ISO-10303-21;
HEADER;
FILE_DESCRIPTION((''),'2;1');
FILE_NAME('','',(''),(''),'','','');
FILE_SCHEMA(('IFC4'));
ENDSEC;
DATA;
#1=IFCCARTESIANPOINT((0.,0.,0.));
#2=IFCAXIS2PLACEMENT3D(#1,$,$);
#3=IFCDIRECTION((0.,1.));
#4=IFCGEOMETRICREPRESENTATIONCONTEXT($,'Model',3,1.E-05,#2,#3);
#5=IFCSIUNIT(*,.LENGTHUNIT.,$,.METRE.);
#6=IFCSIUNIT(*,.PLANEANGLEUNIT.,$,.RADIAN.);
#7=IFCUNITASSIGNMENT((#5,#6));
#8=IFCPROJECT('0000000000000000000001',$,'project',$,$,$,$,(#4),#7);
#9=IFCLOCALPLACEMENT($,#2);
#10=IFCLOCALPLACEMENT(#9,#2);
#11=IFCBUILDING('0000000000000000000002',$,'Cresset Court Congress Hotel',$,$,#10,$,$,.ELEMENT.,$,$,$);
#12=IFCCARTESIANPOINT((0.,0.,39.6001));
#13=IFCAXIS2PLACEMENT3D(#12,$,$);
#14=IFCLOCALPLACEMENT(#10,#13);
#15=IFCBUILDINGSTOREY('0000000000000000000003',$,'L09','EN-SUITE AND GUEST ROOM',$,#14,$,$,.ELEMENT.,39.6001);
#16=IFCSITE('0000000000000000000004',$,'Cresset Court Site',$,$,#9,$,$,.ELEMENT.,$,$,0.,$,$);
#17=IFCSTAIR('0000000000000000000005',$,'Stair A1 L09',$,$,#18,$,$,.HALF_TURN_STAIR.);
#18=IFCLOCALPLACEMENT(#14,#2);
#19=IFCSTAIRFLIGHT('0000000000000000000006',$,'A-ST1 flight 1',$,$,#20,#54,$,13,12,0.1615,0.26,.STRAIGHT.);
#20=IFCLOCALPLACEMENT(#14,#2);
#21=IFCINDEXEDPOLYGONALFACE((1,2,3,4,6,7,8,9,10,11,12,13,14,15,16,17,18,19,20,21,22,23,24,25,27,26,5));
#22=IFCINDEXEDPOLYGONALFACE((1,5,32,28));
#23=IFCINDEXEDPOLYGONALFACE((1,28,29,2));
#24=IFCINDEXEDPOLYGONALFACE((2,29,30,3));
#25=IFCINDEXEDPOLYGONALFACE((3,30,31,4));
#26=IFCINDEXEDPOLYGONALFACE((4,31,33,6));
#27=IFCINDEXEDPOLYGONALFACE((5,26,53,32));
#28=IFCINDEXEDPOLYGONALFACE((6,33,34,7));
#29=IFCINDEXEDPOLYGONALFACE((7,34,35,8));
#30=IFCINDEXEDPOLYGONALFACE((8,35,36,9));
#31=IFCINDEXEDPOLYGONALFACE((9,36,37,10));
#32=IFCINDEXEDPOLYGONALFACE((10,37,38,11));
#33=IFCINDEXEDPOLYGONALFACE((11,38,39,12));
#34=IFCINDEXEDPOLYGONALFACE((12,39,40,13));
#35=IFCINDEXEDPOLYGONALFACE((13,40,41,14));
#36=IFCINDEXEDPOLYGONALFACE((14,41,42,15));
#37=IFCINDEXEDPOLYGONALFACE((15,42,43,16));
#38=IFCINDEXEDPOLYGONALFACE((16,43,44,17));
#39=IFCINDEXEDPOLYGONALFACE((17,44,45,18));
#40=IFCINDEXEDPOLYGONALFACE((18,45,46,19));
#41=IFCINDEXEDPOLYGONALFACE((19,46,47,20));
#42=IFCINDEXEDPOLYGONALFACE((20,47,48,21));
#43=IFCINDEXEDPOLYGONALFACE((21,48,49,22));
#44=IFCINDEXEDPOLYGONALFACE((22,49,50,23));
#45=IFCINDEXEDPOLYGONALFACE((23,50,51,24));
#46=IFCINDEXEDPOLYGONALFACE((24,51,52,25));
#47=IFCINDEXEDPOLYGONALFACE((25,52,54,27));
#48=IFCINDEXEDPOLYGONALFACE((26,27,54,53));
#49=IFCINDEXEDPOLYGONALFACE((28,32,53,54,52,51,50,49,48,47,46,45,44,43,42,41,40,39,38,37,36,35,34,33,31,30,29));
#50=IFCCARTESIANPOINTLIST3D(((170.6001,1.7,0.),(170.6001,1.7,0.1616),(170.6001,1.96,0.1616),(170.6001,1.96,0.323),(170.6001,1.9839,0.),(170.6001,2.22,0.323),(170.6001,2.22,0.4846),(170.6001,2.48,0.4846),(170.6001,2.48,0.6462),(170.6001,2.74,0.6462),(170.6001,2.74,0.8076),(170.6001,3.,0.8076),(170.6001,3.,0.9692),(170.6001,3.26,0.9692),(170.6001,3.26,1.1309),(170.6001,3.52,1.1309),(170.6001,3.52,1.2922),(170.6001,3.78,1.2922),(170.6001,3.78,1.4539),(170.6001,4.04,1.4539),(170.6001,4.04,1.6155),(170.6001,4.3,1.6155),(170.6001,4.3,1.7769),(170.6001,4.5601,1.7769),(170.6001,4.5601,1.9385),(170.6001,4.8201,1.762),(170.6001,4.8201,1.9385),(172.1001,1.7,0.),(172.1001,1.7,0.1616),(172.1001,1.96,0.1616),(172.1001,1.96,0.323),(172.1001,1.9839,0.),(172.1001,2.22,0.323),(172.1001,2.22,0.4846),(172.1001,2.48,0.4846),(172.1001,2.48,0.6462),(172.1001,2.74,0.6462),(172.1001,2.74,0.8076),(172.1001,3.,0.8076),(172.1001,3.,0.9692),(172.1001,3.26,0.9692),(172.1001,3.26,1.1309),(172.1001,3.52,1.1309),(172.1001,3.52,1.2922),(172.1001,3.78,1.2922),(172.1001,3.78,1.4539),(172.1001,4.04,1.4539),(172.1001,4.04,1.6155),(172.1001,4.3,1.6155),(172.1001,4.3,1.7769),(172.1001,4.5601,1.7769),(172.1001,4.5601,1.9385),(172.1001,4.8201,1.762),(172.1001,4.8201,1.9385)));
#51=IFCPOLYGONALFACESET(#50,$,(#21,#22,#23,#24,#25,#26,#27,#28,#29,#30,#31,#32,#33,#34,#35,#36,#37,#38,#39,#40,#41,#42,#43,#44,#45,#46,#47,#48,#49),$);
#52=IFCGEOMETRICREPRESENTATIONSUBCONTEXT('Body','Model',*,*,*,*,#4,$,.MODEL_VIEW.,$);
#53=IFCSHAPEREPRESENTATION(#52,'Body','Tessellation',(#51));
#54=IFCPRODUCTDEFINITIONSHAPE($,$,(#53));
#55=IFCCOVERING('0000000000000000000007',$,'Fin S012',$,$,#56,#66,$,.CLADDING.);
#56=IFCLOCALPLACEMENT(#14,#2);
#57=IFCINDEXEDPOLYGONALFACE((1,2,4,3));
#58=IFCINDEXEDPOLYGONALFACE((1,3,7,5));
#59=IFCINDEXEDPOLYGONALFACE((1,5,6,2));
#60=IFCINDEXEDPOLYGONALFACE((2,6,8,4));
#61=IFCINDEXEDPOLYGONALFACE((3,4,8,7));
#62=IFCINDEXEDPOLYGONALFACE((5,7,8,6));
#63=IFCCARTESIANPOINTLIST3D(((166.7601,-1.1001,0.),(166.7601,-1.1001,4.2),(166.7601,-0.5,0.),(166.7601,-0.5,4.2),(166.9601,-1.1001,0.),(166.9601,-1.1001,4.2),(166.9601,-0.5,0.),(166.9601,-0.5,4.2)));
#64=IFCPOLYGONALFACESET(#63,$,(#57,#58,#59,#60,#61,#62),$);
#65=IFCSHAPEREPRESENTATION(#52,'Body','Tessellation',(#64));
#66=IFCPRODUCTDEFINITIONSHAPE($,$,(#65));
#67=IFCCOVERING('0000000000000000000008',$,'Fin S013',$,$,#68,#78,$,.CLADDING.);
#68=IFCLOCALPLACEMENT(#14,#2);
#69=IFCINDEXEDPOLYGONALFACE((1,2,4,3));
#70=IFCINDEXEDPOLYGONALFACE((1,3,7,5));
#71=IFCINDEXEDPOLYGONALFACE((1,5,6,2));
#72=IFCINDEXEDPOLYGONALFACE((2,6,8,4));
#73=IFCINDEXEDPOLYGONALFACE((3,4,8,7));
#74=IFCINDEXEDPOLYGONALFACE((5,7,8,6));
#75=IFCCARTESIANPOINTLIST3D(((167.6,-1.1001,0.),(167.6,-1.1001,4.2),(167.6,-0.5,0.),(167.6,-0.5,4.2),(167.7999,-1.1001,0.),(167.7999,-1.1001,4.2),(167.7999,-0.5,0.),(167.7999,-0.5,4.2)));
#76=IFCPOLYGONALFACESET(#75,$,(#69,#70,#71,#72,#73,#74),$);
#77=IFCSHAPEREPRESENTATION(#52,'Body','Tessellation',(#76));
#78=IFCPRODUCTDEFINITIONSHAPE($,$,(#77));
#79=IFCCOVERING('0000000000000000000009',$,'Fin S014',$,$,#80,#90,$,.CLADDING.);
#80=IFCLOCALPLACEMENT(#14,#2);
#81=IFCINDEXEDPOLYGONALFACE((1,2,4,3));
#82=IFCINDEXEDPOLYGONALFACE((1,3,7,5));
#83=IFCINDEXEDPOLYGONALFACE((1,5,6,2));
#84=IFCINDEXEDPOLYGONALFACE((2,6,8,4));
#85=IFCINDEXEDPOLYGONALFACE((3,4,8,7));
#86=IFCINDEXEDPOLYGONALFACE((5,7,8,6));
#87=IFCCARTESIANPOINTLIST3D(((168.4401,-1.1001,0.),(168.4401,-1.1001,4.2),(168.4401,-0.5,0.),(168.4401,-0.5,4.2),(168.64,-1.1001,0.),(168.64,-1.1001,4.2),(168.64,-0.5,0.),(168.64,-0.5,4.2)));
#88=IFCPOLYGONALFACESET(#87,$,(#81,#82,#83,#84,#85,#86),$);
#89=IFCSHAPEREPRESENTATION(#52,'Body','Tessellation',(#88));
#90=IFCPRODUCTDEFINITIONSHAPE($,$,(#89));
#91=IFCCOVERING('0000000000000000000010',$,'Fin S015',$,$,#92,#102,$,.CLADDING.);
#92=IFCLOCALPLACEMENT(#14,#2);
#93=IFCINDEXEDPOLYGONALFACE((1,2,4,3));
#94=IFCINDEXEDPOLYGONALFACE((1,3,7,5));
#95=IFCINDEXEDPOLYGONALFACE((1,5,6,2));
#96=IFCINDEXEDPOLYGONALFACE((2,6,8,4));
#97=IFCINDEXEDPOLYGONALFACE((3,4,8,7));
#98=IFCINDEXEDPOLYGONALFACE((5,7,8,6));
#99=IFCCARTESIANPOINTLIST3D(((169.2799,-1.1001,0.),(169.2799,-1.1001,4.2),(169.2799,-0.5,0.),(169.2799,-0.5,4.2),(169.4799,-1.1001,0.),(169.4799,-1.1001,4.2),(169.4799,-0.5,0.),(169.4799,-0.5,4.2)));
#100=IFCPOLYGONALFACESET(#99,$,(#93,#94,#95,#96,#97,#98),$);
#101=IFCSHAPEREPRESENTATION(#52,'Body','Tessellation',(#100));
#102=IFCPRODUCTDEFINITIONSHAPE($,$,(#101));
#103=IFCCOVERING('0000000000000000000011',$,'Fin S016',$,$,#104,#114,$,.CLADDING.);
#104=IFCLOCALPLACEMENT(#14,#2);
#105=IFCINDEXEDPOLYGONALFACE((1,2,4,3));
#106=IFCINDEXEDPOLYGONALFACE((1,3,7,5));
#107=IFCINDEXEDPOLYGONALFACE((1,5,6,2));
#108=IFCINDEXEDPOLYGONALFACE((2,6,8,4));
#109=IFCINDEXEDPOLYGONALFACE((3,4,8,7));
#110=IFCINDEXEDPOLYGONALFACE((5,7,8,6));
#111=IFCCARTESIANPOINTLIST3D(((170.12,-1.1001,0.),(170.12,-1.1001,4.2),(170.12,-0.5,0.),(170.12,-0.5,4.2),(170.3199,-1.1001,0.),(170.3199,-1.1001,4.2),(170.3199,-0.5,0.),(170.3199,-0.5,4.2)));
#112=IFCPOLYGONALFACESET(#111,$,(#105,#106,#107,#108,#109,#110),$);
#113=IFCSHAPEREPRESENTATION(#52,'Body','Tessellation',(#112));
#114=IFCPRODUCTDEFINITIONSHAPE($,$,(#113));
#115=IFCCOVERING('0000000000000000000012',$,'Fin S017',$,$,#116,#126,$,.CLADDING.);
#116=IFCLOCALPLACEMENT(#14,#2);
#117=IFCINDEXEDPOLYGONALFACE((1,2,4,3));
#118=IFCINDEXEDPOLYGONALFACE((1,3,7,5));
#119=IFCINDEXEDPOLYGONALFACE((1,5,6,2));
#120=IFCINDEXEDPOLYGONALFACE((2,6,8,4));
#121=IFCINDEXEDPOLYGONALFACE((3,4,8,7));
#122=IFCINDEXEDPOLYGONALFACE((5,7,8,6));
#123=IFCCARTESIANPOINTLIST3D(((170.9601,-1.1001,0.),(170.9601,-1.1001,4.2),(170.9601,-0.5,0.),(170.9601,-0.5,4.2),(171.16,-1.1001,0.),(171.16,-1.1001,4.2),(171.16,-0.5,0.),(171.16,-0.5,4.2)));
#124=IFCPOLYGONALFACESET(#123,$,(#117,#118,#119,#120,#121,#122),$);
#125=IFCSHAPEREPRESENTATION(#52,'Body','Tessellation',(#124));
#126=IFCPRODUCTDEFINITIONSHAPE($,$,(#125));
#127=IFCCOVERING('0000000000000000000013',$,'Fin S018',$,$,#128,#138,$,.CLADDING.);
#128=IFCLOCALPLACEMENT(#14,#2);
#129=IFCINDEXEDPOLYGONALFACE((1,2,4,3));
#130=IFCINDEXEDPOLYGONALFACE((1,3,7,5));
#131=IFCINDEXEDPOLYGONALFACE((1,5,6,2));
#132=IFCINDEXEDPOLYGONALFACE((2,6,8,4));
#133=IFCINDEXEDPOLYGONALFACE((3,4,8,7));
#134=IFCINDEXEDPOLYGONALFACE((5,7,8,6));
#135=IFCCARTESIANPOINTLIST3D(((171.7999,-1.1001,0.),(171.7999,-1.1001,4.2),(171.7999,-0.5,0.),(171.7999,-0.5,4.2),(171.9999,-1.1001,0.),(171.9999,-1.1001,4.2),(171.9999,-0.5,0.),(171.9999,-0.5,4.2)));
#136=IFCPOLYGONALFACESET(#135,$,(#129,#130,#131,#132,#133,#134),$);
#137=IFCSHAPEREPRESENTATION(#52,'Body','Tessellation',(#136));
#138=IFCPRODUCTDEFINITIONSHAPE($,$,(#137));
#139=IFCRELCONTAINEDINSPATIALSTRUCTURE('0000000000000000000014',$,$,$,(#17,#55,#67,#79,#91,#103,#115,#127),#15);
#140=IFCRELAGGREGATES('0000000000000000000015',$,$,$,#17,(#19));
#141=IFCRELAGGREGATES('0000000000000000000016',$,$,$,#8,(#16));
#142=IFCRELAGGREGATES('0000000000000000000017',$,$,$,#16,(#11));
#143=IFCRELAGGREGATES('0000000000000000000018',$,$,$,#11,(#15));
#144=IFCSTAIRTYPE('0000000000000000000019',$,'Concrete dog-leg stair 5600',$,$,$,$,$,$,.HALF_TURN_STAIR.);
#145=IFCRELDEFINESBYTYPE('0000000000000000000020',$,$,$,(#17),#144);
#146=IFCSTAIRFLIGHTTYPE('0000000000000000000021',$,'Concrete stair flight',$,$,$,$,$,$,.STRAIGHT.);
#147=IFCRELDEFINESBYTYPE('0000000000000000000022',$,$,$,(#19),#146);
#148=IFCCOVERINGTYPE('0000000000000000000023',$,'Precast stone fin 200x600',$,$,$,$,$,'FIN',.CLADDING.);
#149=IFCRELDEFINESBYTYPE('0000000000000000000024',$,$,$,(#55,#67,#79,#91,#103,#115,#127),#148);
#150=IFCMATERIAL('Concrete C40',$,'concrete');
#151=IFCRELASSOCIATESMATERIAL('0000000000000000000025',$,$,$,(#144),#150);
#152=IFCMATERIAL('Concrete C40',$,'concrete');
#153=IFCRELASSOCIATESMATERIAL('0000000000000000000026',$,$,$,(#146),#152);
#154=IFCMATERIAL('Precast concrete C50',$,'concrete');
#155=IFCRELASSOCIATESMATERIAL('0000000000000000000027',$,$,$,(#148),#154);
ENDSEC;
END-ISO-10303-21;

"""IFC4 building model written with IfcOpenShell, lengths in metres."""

from ifc_helpers import new_model, si_unit, direction, frame, origin, origin_2d, place, context, subcontext, project, spatial, polyline, rectangle, outline, extrude, material, type_object, element, aggregate, save


model = new_model("IFC4")

# Units and contexts
model_context = context("Model", 3, precision=1e-05, world=origin(), true_north=direction((0.0, 1.0)))
body_context = subcontext(model_context, "Body", "Model", "MODEL_VIEW")
ifc_project = project(units=[si_unit("LENGTHUNIT", "METRE"), si_unit("PLANEANGLEUNIT", "RADIAN")], contexts=[model_context])

# Site, building, storey
site_placement = place(None, origin())
site = spatial("IfcSite", under=ifc_project, at=site_placement, Name="Cresset Court Site", CompositionType="ELEMENT", RefElevation=0.0)
building_placement = place(site_placement, origin())
building = spatial("IfcBuilding", under=site, at=building_placement, Name="Cresset Court Congress Hotel", CompositionType="ELEMENT")
storey_placement = place(building_placement, frame((0.0, 0.0, 39.6001)))
storey = spatial("IfcBuildingStorey", under=building, at=storey_placement, Name="L09", Description="EN-SUITE AND GUEST ROOM", CompositionType="ELEMENT", Elevation=39.6001)

# Stair, stair flight
ifc_material_1 = material(Name="Concrete C40", Category="concrete")
stair_type = type_object("IfcStairType", Name="Concrete dog-leg stair 5600", PredefinedType="HALF_TURN_STAIR", material=ifc_material_1)
stair_placement = place(storey_placement, origin())
stair = element("IfcStair", 1, at=stair_placement, inside=storey, type_object=stair_type, Name="Stair A1 L09", PredefinedType="HALF_TURN_STAIR")
ifc_material_2 = material(Name="Concrete C40", Category="concrete")
stair_flight_type = type_object("IfcStairFlightType", Name="Concrete stair flight", PredefinedType="STRAIGHT", material=ifc_material_2)
stair_flight_placement = place(storey_placement, frame((171.3501, 1.7, 0.0), z_axis=(0.0, 0.0, 1.0), x_axis=(0.0, 1.0, 0.0)))
stair_flight = element("IfcStairFlight", 2, at=stair_flight_placement, type_object=stair_flight_type, Name="A-ST1 flight 1", NumberOfRisers=13, NumberOfTreads=12, PredefinedType="STRAIGHT", RiserHeight=0.1615, TreadLength=0.26, context=body_context, shape_type="SweptSolid", body=[
    extrude(outline(polyline([(0.0, 0.0), (0.0, 0.1616), (0.26, 0.1616), (0.26, 0.323), (0.52, 0.323), (0.52, 0.4846), (0.78, 0.4846), (0.78, 0.6462), (1.04, 0.6462), (1.04, 0.8076), (1.3, 0.8076), (1.3, 0.9692), (1.5601, 0.9692), (1.5601, 1.1309), (1.8201, 1.1309), (1.8201, 1.2922), (2.0801, 1.2922), (2.0801, 1.4539), (2.3401, 1.4539), (2.3401, 1.6155), (2.6001, 1.6155), (2.6001, 1.7769), (2.8601, 1.7769), (2.8601, 1.9385), (3.1201, 1.9385), (3.1201, 2.1001), (3.1201, 1.762), (0.2839, 0.0), (0.0, 0.0)])), frame((0.0, 0.75, 0.0), z_axis=(0.0, -1.0, 0.0), x_axis=(1.0, 0.0, 0.0)), (0.0, 0.0, 1.0), 1.5),
])
aggregate(stair, [stair_flight])

# Coverings
ifc_material_3 = material(Name="Precast concrete C50", Category="concrete")
covering_type = type_object("IfcCoveringType", Name="Precast stone fin 200x600", ElementType="FIN", PredefinedType="CLADDING", material=ifc_material_3)
for number, where, z_axis, x_axis, name in (
    (3, (166.8601, -0.8, 0.0), (0.0, 0.0, 1.0), (1.0, 0.0, 0.0), "Fin S012"),
    (4, (167.7, -0.8, 0.0), (0.0, 0.0, 1.0), (1.0, 0.0, 0.0), "Fin S013"),
    (5, (168.54, -0.8, 0.0), (0.0, 0.0, 1.0), (1.0, 0.0, 0.0), "Fin S014"),
    (6, (169.3799, -0.8, 0.0), (0.0, 0.0, 1.0), (1.0, 0.0, 0.0), "Fin S015"),
    (7, (170.22, -0.8, 0.0), (0.0, 0.0, 1.0), (1.0, 0.0, 0.0), "Fin S016"),
    (8, (171.0601, -0.8, 0.0), (0.0, 0.0, 1.0), (1.0, 0.0, 0.0), "Fin S017"),
    (9, (171.8999, -0.8, 0.0), (0.0, 0.0, 1.0), (1.0, 0.0, 0.0), "Fin S018"),
):
    element("IfcCovering", number, at=place(storey_placement, frame(where, z_axis=z_axis, x_axis=x_axis)), inside=storey, type_object=covering_type, Name=name, PredefinedType="CLADDING", context=body_context, shape_type="SweptSolid", body=[
        extrude(rectangle(XDim=0.2, YDim=0.6001, at=origin_2d()), origin(), (0.0, 0.0, 1.0), 4.2),
    ])

save(model, "model.ifc")
